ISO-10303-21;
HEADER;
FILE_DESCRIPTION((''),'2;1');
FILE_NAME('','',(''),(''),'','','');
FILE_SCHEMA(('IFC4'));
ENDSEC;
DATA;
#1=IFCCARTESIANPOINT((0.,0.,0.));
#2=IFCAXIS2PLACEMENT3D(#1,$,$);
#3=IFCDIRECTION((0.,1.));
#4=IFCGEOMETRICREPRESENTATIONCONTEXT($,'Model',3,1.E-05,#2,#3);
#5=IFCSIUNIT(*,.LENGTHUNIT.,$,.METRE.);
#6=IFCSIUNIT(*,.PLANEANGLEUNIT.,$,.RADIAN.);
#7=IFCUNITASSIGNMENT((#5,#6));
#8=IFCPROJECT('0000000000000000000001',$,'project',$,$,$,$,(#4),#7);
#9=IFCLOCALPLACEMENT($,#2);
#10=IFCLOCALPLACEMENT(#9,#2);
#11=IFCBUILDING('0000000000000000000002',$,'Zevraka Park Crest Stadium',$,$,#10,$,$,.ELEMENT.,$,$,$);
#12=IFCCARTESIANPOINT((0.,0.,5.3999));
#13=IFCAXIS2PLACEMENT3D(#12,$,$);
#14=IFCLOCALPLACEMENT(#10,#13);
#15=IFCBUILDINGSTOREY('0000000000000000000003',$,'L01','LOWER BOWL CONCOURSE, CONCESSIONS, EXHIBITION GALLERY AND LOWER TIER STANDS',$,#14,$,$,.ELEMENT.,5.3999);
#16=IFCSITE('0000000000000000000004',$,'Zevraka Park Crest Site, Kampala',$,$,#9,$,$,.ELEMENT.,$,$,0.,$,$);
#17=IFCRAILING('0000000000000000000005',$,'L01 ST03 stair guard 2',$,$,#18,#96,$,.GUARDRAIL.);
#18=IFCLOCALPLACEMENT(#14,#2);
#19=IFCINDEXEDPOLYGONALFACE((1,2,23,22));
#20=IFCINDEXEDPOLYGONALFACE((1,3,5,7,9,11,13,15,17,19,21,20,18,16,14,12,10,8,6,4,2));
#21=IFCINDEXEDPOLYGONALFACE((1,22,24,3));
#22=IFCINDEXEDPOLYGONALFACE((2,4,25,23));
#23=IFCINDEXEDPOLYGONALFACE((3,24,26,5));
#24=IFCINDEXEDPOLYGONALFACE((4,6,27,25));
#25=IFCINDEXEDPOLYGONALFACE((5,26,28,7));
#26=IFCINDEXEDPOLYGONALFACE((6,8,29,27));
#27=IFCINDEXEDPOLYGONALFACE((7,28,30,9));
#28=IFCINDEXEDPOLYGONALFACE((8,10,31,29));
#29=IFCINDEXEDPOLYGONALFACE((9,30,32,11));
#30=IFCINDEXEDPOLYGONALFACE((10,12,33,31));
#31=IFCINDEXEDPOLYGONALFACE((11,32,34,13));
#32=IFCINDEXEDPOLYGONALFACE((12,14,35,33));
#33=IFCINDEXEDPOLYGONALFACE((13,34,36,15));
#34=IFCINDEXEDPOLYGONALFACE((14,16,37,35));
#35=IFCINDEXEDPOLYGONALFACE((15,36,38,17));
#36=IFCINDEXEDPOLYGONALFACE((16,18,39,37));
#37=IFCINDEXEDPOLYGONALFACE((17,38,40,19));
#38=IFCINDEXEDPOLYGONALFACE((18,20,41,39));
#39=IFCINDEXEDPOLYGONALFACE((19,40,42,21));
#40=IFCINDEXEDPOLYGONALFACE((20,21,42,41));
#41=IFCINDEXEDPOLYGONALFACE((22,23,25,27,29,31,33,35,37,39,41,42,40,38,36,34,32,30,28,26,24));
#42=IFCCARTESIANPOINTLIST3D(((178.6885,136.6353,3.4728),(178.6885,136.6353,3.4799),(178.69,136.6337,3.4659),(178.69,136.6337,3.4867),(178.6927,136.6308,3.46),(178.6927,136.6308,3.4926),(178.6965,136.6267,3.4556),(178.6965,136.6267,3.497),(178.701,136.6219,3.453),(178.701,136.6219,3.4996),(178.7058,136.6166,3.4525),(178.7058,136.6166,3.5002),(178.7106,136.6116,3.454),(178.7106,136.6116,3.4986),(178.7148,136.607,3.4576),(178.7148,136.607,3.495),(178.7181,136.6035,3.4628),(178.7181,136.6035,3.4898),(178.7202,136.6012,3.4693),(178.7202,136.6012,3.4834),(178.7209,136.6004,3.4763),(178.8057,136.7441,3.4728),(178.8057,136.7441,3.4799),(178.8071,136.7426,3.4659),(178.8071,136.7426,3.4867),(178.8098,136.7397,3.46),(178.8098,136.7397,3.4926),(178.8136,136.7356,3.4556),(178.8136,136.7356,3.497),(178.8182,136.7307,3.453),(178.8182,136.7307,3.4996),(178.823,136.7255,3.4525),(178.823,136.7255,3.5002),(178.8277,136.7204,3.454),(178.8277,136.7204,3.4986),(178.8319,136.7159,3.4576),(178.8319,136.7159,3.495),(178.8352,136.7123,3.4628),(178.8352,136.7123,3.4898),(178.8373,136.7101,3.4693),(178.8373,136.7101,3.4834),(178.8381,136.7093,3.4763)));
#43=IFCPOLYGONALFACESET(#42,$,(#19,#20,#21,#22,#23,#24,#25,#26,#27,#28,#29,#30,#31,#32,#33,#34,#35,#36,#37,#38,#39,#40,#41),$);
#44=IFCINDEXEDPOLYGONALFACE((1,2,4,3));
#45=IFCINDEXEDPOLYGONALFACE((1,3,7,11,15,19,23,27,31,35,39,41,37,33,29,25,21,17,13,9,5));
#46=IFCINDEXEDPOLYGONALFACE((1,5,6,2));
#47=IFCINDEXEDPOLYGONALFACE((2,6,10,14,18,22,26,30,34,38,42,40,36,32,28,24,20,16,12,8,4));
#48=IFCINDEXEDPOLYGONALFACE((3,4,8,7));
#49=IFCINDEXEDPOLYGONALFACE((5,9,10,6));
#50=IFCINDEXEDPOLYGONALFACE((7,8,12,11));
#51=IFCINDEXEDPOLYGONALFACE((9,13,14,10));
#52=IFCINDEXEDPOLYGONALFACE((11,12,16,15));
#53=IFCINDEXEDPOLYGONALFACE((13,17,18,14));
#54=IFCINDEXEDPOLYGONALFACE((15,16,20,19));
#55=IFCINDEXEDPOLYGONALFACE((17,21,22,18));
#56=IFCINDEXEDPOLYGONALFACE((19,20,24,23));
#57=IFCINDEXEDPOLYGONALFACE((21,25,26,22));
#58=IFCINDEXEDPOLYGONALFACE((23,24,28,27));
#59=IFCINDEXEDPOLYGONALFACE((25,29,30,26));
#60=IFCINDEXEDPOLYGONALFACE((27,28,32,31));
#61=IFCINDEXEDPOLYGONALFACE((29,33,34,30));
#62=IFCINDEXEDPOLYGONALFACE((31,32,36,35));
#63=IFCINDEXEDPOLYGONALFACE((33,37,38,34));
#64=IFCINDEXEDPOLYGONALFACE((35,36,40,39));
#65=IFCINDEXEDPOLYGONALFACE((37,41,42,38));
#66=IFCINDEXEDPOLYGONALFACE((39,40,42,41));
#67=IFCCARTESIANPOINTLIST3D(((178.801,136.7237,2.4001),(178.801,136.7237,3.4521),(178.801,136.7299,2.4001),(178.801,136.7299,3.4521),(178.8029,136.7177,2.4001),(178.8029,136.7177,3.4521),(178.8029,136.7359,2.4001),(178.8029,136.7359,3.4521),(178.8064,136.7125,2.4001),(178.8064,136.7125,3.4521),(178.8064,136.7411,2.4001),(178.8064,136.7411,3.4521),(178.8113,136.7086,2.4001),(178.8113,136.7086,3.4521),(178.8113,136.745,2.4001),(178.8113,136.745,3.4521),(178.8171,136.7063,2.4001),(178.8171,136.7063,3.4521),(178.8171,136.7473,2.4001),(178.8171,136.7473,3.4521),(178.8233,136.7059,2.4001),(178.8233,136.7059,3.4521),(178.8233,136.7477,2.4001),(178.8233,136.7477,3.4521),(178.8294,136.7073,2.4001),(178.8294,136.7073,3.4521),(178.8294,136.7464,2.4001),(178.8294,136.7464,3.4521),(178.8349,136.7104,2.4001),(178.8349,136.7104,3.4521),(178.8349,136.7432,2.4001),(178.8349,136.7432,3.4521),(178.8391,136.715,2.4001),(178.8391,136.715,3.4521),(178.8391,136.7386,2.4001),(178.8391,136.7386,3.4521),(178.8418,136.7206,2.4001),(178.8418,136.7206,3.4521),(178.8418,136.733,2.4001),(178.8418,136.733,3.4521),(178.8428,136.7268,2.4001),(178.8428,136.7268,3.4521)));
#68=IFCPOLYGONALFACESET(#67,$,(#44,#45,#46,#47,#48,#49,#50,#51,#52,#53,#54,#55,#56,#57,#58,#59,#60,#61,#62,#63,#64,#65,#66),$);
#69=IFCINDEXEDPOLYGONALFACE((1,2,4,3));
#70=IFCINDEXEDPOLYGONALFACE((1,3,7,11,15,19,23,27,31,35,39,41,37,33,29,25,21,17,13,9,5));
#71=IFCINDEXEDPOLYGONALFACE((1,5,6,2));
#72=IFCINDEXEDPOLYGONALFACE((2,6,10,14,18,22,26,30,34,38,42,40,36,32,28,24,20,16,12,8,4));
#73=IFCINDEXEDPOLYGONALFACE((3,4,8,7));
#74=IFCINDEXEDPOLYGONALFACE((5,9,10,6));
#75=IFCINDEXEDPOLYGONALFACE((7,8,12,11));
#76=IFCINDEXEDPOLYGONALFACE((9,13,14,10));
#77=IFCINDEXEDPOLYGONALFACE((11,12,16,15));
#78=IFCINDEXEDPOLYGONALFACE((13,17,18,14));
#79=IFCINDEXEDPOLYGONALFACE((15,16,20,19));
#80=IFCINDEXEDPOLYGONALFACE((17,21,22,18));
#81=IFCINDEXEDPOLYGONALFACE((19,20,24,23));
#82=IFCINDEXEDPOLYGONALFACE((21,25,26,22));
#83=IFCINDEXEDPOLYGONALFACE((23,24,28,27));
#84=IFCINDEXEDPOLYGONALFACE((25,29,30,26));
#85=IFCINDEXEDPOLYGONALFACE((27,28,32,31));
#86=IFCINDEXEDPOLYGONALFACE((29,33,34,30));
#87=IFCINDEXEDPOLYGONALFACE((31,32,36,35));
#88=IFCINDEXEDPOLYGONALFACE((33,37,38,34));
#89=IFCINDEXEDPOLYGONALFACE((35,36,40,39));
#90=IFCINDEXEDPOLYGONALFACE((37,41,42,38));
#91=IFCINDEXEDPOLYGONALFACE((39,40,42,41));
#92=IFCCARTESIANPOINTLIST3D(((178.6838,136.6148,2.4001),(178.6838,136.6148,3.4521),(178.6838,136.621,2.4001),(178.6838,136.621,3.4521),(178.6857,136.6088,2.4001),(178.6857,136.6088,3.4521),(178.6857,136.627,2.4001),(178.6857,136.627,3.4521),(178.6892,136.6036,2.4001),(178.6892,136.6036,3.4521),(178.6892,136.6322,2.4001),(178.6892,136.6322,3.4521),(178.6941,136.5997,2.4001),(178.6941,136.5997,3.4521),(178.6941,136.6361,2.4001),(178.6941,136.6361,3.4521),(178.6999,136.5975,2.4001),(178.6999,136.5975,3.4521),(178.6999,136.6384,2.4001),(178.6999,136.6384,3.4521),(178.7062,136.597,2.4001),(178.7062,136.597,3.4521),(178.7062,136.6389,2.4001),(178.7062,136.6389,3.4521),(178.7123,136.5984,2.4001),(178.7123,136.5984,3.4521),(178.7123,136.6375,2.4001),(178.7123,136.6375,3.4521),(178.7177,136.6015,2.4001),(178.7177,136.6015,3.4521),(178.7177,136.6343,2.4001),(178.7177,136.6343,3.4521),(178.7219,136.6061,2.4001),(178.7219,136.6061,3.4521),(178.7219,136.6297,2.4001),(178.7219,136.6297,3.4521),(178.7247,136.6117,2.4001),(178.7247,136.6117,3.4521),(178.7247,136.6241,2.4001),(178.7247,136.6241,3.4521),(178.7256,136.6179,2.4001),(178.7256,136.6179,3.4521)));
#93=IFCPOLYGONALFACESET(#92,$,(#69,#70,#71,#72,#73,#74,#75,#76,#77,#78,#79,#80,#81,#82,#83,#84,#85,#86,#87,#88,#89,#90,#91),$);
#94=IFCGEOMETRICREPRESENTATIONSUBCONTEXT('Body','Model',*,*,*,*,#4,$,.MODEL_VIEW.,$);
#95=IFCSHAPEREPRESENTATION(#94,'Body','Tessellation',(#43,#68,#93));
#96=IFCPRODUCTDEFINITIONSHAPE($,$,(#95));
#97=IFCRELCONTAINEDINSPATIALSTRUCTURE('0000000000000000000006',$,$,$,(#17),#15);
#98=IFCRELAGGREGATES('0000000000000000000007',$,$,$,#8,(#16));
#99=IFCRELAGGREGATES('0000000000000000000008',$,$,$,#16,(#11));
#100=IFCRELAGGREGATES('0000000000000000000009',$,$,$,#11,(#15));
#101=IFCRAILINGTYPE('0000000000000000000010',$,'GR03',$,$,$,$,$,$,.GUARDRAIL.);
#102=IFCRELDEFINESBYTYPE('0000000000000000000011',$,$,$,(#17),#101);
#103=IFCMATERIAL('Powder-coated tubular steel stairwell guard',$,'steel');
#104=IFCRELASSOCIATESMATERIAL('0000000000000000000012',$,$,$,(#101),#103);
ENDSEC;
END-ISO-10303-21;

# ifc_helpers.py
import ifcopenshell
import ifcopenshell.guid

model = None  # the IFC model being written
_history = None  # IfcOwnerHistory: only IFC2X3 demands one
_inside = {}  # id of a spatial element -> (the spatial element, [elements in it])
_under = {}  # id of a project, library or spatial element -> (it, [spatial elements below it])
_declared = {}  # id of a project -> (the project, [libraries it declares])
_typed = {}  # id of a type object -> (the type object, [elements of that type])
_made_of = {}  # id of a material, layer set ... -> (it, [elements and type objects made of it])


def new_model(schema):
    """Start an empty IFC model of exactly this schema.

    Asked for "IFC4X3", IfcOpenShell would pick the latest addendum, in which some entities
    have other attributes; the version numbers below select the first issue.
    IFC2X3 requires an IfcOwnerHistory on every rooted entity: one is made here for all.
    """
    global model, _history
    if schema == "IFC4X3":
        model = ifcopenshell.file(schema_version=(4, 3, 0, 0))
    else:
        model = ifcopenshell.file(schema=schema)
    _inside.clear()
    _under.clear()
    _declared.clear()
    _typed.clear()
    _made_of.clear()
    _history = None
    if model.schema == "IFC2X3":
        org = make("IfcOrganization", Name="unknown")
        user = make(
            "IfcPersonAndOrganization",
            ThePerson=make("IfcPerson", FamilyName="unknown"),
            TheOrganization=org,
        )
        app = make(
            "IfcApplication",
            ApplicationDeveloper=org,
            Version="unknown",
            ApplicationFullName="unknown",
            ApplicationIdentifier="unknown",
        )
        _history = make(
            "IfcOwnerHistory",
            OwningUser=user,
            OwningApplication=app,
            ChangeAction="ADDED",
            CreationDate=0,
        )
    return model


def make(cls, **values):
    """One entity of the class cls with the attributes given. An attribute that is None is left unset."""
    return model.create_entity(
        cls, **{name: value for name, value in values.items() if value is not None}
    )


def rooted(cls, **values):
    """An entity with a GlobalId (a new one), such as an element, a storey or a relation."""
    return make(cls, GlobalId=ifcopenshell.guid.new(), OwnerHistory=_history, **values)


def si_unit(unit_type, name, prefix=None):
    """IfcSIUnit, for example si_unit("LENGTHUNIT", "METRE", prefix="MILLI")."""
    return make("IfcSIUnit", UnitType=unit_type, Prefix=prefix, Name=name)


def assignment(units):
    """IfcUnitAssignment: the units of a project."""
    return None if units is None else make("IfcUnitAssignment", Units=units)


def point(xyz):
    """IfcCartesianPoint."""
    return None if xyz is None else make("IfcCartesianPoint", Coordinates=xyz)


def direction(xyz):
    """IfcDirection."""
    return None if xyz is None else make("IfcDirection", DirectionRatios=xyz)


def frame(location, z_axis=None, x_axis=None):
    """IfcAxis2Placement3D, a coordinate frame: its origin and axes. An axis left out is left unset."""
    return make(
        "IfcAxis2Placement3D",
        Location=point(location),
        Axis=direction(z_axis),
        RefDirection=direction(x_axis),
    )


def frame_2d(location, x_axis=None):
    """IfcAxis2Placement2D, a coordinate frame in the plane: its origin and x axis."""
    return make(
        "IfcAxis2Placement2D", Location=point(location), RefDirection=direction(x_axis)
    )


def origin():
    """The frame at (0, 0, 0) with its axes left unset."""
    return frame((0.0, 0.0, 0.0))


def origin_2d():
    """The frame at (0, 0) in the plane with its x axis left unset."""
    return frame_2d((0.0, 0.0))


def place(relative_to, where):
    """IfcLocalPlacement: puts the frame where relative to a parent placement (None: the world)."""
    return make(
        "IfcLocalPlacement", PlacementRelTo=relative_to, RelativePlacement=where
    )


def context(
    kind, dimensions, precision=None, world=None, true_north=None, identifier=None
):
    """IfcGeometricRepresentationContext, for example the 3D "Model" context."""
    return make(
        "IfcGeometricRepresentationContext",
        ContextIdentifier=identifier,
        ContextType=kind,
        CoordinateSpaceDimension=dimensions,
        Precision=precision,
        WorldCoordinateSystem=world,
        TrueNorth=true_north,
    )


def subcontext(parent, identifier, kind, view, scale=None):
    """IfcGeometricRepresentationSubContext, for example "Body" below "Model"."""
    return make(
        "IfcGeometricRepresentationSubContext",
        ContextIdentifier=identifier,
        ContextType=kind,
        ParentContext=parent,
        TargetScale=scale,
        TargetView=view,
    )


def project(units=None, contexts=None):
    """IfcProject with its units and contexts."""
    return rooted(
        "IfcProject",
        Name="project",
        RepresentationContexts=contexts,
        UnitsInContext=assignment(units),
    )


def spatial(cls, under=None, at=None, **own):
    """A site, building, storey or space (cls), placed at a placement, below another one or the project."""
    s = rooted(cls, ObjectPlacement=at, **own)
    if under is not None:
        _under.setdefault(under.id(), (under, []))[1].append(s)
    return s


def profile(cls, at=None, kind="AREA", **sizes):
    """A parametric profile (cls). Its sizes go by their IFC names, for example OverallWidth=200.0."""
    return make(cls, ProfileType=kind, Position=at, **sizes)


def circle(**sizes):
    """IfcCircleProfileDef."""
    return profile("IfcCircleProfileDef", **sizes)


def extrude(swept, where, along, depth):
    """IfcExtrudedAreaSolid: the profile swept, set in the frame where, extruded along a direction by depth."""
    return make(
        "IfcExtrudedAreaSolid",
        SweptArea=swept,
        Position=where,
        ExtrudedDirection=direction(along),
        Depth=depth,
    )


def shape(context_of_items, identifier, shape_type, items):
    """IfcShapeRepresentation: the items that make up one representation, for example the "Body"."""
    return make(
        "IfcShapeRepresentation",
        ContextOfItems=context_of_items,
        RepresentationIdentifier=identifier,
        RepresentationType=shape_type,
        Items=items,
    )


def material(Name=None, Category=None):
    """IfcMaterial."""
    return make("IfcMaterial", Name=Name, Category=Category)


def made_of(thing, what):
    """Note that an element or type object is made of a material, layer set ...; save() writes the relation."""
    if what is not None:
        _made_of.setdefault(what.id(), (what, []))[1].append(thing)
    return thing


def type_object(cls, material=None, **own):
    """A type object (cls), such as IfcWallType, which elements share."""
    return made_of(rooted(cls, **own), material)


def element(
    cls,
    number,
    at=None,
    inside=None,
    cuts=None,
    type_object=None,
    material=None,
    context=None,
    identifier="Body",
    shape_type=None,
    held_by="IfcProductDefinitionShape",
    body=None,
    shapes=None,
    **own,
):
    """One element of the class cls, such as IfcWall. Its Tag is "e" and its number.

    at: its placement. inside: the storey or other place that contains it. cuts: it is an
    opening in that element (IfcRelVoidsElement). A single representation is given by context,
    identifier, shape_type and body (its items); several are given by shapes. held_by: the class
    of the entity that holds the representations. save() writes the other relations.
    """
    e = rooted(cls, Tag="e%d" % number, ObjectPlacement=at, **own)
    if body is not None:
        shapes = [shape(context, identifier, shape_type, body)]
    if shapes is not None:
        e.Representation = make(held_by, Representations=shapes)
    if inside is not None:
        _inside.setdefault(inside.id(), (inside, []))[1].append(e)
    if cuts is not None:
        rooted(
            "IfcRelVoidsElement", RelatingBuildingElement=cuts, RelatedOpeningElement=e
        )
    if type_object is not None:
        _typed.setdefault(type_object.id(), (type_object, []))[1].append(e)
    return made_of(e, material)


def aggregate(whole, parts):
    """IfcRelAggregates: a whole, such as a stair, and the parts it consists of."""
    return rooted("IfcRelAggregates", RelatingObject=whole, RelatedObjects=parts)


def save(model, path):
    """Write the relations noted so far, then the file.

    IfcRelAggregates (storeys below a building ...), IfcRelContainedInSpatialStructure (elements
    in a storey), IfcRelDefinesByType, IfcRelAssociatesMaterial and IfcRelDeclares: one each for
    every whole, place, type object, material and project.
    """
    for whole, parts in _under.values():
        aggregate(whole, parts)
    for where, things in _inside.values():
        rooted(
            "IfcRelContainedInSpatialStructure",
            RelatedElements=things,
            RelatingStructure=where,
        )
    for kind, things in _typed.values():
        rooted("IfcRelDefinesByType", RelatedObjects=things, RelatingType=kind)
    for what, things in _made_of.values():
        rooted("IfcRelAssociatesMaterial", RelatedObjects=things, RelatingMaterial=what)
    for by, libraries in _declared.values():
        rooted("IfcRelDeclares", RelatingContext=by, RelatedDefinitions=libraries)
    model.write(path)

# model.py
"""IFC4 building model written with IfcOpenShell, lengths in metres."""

from ifc_helpers import new_model, si_unit, direction, frame, origin, origin_2d, place, context, subcontext, project, spatial, circle, extrude, material, type_object, element, save


model = new_model("IFC4")

# Units and contexts
model_context = context("Model", 3, precision=1e-05, world=origin(), true_north=direction((0.0, 1.0)))
body_context = subcontext(model_context, "Body", "Model", "MODEL_VIEW")
ifc_project = project(units=[si_unit("LENGTHUNIT", "METRE"), si_unit("PLANEANGLEUNIT", "RADIAN")], contexts=[model_context])

# Site, building, storey
site_placement = place(None, origin())
site = spatial("IfcSite", under=ifc_project, at=site_placement, Name="Zevraka Park Crest Site, Kampala", CompositionType="ELEMENT", RefElevation=0.0)
building_placement = place(site_placement, origin())
building = spatial("IfcBuilding", under=site, at=building_placement, Name="Zevraka Park Crest Stadium", CompositionType="ELEMENT")
storey_placement = place(building_placement, frame((0.0, 0.0, 5.3999)))
storey = spatial("IfcBuildingStorey", under=building, at=storey_placement, Name="L01", Description="LOWER BOWL CONCOURSE, CONCESSIONS, EXHIBITION GALLERY AND LOWER TIER STANDS", CompositionType="ELEMENT", Elevation=5.3999)

# Railing
ifc_material_1 = material(Name="Powder-coated tubular steel stairwell guard", Category="steel")
railing_type_1 = type_object("IfcRailingType", Name="GR03", PredefinedType="GUARDRAIL", material=ifc_material_1)
railing_1_placement = place(storey_placement, frame((178.8218, 136.7268, 2.4001)))
element("IfcRailing", 1, at=railing_1_placement, inside=storey, type_object=railing_type_1, Name="L01 ST03 stair guard 2", PredefinedType="GUARDRAIL", context=body_context, shape_type="SweptSolid", body=[
    extrude(circle(Radius=0.0239, at=origin_2d()), frame((0.0, 0.0, 1.0762), z_axis=(-0.732576, -0.680685, 0.0), x_axis=(0.680685, -0.732576, 0.0)), (0.0, 0.0, 1.0), 0.1599),
    extrude(circle(Radius=0.021, at=origin_2d()), origin(), (0.0, 0.0, 1.0), 1.052),
    extrude(circle(Radius=0.021, at=origin_2d()), frame((-0.1172, -0.1089, 0.0)), (0.0, 0.0, 1.0), 1.052),
])

save(model, "model.ifc")
